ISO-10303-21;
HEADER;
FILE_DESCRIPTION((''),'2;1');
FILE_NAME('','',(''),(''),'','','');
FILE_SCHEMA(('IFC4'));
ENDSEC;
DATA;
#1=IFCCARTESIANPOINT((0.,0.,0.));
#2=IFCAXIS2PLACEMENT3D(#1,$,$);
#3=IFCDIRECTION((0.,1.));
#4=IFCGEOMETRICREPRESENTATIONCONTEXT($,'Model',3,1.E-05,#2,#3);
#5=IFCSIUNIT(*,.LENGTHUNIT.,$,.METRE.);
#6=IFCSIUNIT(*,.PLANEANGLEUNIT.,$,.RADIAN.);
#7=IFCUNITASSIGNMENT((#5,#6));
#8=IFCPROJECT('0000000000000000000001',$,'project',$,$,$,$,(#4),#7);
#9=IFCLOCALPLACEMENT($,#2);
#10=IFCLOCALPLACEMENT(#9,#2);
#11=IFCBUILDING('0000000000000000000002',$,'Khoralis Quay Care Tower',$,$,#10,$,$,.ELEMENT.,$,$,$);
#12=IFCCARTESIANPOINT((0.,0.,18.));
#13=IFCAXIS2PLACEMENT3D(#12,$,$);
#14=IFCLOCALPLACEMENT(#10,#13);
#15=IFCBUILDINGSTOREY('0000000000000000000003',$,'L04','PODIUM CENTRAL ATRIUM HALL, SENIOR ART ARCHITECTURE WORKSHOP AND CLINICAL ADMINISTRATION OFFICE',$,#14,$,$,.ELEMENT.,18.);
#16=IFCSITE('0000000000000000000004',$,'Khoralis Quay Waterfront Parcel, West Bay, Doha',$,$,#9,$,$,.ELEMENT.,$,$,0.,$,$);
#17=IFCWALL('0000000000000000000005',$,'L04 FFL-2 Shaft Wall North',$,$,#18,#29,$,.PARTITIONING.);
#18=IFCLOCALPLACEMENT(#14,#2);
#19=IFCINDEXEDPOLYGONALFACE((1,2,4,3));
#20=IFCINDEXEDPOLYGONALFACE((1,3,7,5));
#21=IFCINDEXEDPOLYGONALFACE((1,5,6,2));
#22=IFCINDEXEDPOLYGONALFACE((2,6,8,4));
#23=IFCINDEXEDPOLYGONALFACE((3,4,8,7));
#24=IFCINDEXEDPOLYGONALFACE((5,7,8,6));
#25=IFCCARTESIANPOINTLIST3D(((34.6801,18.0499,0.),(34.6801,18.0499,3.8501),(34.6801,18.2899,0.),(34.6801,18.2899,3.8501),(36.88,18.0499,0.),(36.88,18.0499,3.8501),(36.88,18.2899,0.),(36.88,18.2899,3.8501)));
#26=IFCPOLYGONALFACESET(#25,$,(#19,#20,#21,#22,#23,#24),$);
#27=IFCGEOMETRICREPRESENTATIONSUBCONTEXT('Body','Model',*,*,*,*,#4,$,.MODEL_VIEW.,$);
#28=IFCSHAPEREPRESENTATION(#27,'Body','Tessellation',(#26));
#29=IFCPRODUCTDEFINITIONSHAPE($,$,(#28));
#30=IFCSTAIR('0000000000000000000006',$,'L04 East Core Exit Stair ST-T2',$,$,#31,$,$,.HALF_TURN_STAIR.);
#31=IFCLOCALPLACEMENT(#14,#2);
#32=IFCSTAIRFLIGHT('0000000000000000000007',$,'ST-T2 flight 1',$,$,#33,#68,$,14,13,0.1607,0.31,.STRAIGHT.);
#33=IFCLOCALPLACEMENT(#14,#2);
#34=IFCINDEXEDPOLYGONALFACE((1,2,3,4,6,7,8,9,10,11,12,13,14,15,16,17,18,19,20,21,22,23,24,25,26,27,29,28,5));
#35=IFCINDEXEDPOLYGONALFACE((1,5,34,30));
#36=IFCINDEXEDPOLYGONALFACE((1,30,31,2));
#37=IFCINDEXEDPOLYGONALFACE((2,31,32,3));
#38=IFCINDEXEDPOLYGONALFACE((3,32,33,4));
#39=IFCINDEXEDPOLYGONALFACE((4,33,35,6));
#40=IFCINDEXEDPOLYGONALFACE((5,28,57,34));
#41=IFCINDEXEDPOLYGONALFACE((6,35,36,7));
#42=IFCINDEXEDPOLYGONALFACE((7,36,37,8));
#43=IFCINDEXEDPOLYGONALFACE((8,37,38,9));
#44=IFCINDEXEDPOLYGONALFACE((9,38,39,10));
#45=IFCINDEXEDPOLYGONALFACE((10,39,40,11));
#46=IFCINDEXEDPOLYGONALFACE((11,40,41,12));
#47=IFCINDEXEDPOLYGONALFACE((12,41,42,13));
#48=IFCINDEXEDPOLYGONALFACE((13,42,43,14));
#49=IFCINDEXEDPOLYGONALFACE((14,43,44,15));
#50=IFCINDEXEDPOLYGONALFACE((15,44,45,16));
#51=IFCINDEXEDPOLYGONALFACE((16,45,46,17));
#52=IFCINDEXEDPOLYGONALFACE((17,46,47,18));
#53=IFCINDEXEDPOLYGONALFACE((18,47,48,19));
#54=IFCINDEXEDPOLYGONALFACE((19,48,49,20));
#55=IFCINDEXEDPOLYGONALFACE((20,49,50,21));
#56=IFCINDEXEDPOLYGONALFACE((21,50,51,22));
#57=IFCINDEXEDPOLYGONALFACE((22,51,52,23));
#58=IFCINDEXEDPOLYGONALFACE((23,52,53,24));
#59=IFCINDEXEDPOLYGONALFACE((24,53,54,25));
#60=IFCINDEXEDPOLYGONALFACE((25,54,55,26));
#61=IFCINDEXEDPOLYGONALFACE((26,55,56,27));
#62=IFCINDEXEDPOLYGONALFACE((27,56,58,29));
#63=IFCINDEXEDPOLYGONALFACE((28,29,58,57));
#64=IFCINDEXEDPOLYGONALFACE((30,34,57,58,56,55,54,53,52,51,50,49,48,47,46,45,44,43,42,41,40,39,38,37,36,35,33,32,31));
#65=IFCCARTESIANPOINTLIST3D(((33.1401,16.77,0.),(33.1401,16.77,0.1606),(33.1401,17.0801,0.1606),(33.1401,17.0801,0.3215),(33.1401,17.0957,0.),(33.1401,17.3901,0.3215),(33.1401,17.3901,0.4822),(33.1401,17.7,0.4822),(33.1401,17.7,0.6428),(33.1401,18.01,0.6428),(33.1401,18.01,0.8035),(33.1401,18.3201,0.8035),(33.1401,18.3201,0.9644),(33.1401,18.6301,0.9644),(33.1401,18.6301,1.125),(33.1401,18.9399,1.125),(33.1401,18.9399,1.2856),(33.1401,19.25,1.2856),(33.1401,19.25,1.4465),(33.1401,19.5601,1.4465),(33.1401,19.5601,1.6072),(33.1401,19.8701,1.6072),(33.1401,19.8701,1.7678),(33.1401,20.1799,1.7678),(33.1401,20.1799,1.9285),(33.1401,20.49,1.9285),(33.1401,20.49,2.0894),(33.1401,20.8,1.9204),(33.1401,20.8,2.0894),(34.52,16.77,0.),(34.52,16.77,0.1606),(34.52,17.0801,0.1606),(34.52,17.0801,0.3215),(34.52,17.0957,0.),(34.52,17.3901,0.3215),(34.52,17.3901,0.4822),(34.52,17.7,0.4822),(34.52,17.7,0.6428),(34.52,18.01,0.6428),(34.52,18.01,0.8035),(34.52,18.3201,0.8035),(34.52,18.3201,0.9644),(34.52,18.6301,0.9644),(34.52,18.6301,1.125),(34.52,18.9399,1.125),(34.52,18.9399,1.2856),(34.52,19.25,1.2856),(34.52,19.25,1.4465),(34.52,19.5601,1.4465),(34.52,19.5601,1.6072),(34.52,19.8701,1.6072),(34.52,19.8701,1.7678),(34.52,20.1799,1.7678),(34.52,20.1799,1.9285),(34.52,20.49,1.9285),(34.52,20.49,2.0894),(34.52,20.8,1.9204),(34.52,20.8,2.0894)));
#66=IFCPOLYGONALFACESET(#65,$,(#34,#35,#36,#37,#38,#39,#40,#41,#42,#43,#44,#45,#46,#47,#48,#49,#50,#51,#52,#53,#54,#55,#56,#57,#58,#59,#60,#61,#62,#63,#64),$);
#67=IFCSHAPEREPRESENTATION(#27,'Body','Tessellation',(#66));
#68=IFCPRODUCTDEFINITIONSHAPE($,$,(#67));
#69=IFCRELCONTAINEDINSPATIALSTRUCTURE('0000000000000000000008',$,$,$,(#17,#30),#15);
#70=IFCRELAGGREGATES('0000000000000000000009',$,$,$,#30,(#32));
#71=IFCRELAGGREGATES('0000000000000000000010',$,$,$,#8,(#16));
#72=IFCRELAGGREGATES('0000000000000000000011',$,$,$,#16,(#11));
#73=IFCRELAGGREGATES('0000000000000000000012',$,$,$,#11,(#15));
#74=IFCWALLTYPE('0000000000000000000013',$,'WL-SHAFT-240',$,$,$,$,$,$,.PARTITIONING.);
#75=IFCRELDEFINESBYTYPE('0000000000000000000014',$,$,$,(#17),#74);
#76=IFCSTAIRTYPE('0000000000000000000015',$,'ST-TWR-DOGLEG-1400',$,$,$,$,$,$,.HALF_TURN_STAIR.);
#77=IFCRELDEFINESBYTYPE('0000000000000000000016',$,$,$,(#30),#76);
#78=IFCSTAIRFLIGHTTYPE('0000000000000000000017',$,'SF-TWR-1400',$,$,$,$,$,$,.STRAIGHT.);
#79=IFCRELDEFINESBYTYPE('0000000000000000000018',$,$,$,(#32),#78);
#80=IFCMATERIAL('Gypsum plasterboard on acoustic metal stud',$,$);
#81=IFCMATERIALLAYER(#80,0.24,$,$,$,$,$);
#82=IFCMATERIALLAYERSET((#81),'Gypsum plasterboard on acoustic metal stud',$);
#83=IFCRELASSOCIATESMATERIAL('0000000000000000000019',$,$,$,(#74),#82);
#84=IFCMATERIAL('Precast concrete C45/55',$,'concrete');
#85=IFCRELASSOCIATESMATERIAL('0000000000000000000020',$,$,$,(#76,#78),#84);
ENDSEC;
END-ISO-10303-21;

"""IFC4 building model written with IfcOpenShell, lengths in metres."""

from ifc_helpers import new_model, si_unit, direction, frame, frame_2d, origin, place, context, subcontext, project, spatial, polyline, rectangle, outline, extrude, source, transform, mapped, material, layer, layer_set, type_object, element, aggregate, save


model = new_model("IFC4")

# Units and contexts
model_context = context("Model", 3, precision=1e-05, world=origin(), true_north=direction((0.0, 1.0)))
body_context = subcontext(model_context, "Body", "Model", "MODEL_VIEW")
ifc_project = project(units=[si_unit("LENGTHUNIT", "METRE"), si_unit("PLANEANGLEUNIT", "RADIAN")], contexts=[model_context])

# Site, building, storey
site_placement = place(None, origin())
site = spatial("IfcSite", under=ifc_project, at=site_placement, Name="Khoralis Quay Waterfront Parcel, West Bay, Doha", CompositionType="ELEMENT", RefElevation=0.0)
building_placement = place(site_placement, origin())
building = spatial("IfcBuilding", under=site, at=building_placement, Name="Khoralis Quay Care Tower", CompositionType="ELEMENT")
storey_placement = place(building_placement, frame((0.0, 0.0, 18.0)))
storey = spatial("IfcBuildingStorey", under=building, at=storey_placement, Name="L04", Description="PODIUM CENTRAL ATRIUM HALL, SENIOR ART ARCHITECTURE WORKSHOP AND CLINICAL ADMINISTRATION OFFICE", CompositionType="ELEMENT", Elevation=18.0)

# Shared definitions
ifc_material_1 = material(Name="Gypsum plasterboard on acoustic metal stud")

# Shared definitions
ifc_material_2 = material(Name="Precast concrete C45/55", Category="concrete")

# Wall
ifc_layer_1 = layer(ifc_material_1, 0.24)
ifc_layer_set_1 = layer_set([ifc_layer_1], Name="Gypsum plasterboard on acoustic metal stud")
wall_type_1 = type_object("IfcWallType", Name="WL-SHAFT-240", PredefinedType="PARTITIONING", material=ifc_layer_set_1)
wall_1_placement = place(storey_placement, frame((34.6799, 18.1699, 0.0), z_axis=(0.0, 0.0, 1.0), x_axis=(1.0, 0.0, 0.0)))
element("IfcWall", 1, at=wall_1_placement, inside=storey, type_object=wall_type_1, Name="L04 FFL-2 Shaft Wall North", PredefinedType="PARTITIONING", context=body_context, shape_type="SweptSolid", body=[
    extrude(rectangle(XDim=2.2, YDim=0.24, at=frame_2d((1.1001, 0.0))), origin(), (0.0, 0.0, 1.0), 3.8501),
])

# Stair, stair flight
stair_type = type_object("IfcStairType", Name="ST-TWR-DOGLEG-1400", PredefinedType="HALF_TURN_STAIR", material=ifc_material_2)
stair_placement = place(storey_placement, origin())
stair = element("IfcStair", 2, at=stair_placement, inside=storey, type_object=stair_type, Name="L04 East Core Exit Stair ST-T2", PredefinedType="HALF_TURN_STAIR")
stair_flight_type = type_object("IfcStairFlightType", Name="SF-TWR-1400", PredefinedType="STRAIGHT", material=ifc_material_2)
shared_shape_1 = source(origin(), body_context, "Body", "SweptSolid", [
    extrude(outline(polyline([(0.0, 0.0), (0.0, 0.1606), (0.3101, 0.1606), (0.3101, 0.3215), (0.6201, 0.3215), (0.6201, 0.4822), (0.9299, 0.4822), (0.9299, 0.6428), (1.24, 0.6428), (1.24, 0.8035), (1.55, 0.8035), (1.55, 0.9644), (1.8601, 0.9644), (1.8601, 1.125), (2.1699, 1.125), (2.1699, 1.2856), (2.48, 1.2856), (2.48, 1.4465), (2.79, 1.4465), (2.79, 1.6072), (3.1001, 1.6072), (3.1001, 1.7678), (3.4099, 1.7678), (3.4099, 1.9285), (3.72, 1.9285), (3.72, 2.0894), (4.03, 2.0894), (4.03, 2.25), (4.03, 1.9204), (0.3257, 0.0), (0.0, 0.0)])), frame((0.0, 0.6899, 0.0), z_axis=(0.0, -1.0, 0.0), x_axis=(1.0, 0.0, 0.0)), (0.0, 0.0, 1.0), 1.3799),
])
stair_flight_placement = place(storey_placement, frame((33.8301, 16.77, 0.0), z_axis=(0.0, 0.0, 1.0), x_axis=(0.0, 1.0, 0.0)))
stair_flight = element("IfcStairFlight", 3, at=stair_flight_placement, type_object=stair_flight_type, Name="ST-T2 flight 1", NumberOfRisers=14, NumberOfTreads=13, PredefinedType="STRAIGHT", RiserHeight=0.1607, TreadLength=0.31, context=body_context, shape_type="MappedRepresentation", body=[
    mapped(shared_shape_1, transform((0.0, 0.0, 0.0), scale=1.0)),
])
aggregate(stair, [stair_flight])

save(model, "model.ifc")
